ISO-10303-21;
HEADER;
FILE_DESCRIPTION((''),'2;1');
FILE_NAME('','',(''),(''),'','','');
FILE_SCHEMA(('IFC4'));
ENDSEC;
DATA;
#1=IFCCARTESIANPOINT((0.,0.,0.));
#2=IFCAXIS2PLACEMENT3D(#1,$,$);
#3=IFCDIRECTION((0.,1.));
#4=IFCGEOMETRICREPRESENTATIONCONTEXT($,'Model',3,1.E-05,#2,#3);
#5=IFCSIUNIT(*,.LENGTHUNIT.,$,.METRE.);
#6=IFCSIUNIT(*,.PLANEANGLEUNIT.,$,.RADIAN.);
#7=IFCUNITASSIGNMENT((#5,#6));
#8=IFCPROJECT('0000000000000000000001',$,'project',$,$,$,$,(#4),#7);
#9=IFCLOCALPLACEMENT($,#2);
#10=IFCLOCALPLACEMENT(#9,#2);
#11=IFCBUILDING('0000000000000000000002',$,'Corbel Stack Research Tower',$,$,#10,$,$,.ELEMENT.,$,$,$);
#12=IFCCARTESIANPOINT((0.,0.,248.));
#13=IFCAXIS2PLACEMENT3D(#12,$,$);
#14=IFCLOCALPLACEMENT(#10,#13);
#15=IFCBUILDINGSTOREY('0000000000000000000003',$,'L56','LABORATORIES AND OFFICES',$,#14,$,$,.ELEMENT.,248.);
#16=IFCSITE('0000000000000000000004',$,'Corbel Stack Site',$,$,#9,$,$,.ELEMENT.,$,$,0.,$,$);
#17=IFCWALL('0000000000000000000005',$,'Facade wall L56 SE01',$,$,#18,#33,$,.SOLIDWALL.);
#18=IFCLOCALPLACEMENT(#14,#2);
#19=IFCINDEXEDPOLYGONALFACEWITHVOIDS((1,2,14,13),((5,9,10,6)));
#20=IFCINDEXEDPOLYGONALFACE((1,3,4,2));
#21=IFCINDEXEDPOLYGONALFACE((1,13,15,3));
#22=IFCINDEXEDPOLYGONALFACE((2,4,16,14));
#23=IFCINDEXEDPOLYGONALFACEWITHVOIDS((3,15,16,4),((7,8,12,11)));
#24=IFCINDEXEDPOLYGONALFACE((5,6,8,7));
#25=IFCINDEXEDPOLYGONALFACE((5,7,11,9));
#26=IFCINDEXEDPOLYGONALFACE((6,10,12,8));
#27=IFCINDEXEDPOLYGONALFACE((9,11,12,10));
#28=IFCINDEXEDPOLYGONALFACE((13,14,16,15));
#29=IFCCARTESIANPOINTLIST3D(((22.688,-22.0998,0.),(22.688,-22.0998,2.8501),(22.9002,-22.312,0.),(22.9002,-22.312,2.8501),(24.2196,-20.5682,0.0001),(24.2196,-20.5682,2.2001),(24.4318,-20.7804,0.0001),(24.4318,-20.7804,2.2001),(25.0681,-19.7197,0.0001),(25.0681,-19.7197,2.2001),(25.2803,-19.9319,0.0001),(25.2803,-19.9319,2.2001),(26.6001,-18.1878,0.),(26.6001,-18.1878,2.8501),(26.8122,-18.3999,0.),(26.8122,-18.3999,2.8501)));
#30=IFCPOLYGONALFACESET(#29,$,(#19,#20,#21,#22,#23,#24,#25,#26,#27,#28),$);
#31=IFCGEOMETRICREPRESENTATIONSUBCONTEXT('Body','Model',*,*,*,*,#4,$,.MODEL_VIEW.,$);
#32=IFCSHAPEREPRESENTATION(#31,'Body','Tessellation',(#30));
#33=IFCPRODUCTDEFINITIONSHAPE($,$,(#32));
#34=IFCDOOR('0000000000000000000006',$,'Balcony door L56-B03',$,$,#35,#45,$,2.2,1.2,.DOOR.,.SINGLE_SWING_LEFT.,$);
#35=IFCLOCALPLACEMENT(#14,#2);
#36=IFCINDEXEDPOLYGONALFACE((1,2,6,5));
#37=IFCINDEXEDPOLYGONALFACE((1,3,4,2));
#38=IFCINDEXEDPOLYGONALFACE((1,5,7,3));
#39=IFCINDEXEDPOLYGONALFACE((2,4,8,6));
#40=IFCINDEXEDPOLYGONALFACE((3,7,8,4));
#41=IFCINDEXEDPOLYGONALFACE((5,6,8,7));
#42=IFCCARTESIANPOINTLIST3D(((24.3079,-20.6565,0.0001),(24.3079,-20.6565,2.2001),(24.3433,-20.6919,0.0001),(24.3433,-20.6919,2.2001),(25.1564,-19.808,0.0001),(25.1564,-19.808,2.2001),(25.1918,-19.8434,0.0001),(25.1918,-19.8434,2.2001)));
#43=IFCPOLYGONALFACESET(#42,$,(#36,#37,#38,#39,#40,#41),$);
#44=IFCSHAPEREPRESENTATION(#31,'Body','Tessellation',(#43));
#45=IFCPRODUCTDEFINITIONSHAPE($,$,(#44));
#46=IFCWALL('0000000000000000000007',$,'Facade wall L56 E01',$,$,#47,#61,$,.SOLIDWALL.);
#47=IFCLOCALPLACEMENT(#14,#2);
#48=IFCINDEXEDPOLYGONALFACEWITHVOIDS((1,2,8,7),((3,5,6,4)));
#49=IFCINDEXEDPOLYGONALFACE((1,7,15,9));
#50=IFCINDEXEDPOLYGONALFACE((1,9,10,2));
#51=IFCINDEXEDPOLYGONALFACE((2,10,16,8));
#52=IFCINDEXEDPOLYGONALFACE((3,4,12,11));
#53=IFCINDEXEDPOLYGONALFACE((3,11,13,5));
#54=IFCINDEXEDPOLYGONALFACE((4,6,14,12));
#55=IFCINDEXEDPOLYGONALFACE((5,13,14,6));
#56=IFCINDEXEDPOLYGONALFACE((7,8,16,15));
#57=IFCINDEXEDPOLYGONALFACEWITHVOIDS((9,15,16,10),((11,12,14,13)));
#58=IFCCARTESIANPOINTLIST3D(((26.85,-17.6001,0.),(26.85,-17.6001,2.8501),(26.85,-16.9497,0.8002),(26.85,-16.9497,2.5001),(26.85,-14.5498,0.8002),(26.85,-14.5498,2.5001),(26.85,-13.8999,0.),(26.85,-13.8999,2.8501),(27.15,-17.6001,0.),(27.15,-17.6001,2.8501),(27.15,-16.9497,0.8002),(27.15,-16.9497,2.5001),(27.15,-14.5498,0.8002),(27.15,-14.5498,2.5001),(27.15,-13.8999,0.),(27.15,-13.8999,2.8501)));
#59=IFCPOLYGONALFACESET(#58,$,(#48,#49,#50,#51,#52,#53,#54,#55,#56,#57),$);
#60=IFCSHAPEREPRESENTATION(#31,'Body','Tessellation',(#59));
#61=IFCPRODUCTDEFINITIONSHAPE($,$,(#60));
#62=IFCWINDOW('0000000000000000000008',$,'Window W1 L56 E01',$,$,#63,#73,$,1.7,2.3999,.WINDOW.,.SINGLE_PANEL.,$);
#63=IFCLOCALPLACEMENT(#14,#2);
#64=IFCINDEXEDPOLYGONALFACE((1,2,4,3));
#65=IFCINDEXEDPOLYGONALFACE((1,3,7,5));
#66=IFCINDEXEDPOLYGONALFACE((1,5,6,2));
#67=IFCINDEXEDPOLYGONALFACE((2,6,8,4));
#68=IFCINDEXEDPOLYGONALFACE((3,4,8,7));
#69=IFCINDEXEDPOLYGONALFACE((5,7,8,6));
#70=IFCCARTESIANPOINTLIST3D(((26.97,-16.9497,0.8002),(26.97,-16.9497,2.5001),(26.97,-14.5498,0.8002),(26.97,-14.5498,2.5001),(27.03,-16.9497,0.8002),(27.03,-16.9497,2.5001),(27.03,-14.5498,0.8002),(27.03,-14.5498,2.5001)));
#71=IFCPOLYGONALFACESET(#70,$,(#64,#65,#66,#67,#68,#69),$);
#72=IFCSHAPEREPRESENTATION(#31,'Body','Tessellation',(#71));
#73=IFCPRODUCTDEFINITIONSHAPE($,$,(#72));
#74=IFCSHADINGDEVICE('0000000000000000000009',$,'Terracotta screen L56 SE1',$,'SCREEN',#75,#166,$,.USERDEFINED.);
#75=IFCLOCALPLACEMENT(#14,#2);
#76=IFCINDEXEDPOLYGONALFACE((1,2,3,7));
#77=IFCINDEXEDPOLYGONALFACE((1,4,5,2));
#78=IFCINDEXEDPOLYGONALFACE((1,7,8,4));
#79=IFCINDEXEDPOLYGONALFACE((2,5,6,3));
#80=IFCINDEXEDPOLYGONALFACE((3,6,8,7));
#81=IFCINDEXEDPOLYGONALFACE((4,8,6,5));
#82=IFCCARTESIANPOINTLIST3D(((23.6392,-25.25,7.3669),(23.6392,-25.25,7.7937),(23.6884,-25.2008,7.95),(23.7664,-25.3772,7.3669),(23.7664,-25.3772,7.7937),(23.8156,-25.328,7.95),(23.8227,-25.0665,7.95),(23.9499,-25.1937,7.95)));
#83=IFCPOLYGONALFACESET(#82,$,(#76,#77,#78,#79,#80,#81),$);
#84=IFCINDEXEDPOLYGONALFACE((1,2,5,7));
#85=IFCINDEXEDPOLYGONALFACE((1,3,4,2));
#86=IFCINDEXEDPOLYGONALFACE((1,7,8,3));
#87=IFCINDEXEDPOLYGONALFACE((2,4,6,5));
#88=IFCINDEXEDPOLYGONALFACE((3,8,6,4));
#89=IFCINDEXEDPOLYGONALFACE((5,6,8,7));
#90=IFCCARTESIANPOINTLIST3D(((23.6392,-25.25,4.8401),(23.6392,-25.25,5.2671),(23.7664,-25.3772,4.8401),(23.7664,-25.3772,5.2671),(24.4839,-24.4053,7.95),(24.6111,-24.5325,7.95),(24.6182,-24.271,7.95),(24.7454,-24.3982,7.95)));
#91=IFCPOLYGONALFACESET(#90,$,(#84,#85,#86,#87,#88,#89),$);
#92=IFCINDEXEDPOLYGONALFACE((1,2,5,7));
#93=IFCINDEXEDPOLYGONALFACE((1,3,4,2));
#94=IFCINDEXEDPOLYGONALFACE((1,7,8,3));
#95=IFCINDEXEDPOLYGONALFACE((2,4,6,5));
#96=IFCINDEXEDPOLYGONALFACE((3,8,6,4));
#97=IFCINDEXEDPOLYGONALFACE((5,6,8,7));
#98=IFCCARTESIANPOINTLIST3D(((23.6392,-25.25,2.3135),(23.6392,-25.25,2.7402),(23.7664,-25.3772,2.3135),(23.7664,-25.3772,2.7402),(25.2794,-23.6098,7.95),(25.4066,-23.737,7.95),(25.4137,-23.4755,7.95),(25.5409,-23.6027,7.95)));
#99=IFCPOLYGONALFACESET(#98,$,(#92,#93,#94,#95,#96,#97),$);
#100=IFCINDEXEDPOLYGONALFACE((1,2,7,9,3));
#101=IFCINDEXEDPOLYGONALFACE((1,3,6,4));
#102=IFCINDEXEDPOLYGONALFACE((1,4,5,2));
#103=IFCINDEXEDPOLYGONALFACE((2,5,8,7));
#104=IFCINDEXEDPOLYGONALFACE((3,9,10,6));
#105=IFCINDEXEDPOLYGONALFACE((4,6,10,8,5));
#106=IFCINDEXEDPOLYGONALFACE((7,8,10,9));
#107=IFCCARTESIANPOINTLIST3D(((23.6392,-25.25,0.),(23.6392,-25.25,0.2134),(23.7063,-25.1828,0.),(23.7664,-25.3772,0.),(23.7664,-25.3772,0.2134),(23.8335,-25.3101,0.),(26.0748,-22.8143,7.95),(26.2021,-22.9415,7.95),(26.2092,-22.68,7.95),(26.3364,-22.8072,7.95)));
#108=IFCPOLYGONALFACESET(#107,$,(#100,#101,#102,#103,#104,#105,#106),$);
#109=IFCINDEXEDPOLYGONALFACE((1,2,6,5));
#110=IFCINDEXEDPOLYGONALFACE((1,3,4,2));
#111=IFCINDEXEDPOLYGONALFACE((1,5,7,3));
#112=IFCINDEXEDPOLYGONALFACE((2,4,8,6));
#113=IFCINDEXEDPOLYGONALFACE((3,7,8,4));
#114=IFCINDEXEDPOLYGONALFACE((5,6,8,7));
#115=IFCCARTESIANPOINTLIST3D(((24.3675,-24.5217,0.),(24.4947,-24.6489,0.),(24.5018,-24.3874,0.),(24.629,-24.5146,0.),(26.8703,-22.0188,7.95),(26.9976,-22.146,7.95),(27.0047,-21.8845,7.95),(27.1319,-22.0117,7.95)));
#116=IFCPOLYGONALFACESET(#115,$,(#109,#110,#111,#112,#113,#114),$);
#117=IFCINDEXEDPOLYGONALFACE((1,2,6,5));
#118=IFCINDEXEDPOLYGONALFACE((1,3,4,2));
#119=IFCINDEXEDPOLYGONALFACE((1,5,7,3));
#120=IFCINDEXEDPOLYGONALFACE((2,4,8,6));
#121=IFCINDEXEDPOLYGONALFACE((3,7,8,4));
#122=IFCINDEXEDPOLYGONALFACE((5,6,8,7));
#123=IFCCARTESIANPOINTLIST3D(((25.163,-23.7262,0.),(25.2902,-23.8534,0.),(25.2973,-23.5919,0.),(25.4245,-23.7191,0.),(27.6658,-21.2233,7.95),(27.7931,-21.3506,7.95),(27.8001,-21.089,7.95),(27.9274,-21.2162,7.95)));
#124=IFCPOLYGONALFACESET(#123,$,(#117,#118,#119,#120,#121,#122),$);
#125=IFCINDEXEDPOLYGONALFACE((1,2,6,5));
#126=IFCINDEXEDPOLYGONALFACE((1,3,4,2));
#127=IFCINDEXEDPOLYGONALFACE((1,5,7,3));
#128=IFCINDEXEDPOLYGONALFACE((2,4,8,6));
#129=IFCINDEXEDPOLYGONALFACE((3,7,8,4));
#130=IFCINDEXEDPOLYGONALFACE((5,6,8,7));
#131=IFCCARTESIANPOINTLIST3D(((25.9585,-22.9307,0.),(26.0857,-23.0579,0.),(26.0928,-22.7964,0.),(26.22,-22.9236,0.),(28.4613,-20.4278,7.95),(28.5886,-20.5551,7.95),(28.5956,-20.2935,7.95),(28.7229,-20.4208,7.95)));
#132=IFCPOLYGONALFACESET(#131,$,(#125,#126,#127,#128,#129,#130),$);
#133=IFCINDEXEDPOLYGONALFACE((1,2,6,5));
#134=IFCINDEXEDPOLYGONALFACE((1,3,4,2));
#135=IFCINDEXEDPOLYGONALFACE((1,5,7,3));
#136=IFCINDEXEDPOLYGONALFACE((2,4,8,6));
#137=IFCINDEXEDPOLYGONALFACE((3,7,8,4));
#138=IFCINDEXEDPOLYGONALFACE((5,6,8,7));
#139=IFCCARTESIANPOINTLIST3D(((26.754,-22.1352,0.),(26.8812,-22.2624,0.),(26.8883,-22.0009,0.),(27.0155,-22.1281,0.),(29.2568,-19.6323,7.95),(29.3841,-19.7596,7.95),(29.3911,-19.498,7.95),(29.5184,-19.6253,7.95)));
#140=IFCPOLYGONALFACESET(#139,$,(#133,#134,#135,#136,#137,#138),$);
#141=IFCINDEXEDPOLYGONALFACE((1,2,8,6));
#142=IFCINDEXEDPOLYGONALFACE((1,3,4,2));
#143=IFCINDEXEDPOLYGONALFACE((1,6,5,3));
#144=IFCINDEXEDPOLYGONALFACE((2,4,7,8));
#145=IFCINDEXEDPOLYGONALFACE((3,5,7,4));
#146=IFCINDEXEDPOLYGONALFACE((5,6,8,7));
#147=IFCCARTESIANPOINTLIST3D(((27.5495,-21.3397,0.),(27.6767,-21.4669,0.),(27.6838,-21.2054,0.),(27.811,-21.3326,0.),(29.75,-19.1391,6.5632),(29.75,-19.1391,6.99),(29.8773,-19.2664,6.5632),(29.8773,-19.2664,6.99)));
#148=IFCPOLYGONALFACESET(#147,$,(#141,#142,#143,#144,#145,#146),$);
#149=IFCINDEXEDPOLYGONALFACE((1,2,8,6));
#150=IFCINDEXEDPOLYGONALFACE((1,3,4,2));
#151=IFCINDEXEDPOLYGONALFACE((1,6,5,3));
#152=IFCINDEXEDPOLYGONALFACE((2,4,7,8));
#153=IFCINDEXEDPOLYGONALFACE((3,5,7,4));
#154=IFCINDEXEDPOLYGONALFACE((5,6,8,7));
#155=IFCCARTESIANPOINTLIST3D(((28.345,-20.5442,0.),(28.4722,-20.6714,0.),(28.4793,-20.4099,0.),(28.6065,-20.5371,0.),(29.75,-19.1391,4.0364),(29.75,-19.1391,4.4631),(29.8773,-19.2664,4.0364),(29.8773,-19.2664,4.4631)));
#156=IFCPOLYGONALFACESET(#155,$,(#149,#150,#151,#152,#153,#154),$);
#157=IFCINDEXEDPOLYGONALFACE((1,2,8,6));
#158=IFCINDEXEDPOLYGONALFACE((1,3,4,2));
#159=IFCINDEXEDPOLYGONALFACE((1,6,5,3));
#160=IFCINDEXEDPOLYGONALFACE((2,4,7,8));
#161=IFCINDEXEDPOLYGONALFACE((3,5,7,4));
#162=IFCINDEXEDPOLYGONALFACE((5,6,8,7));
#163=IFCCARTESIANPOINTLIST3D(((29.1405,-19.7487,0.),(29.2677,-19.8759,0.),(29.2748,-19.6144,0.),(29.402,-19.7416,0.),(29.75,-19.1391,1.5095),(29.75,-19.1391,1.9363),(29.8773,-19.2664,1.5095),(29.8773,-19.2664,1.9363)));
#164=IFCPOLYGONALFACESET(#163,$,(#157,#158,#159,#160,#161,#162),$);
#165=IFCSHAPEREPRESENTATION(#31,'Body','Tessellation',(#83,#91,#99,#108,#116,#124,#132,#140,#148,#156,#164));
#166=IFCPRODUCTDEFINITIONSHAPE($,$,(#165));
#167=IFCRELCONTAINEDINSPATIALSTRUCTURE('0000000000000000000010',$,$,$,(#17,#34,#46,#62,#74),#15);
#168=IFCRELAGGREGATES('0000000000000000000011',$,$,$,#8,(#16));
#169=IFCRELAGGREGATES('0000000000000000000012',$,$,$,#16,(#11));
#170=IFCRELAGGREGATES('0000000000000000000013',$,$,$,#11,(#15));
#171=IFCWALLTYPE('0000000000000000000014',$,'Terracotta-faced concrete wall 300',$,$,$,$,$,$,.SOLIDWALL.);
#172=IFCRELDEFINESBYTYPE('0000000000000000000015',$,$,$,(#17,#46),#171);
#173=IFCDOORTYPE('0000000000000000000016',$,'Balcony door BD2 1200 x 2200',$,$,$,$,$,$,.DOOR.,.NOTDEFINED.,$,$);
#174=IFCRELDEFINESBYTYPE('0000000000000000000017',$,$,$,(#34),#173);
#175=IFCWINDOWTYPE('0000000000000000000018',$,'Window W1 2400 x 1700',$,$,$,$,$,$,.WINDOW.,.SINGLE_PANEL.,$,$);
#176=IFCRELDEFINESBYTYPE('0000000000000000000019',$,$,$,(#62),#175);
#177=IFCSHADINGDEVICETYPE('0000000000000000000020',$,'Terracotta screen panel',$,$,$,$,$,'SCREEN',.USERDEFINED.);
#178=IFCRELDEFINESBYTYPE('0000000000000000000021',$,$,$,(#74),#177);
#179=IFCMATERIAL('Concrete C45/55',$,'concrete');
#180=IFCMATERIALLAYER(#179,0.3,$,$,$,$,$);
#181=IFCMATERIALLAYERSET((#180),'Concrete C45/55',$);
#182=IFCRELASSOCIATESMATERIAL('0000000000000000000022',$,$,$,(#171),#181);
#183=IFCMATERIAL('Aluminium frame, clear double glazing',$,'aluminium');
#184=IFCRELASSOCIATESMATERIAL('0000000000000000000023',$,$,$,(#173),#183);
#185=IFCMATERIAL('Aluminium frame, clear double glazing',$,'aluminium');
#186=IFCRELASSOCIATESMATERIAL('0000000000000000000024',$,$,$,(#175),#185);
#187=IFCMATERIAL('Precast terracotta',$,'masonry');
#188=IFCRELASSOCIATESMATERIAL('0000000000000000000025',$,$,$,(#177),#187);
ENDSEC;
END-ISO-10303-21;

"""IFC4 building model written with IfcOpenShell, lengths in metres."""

from ifc_helpers import new_model, si_unit, direction, frame, frame_2d, origin, place, context, subcontext, project, spatial, polyline, rectangle, outline, extrude, source, transform, mapped, material, layer, layer_set, type_object, element, fill, save


model = new_model("IFC4")

# Units and contexts
model_context = context("Model", 3, precision=1e-05, world=origin(), true_north=direction((0.0, 1.0)))
body_context = subcontext(model_context, "Body", "Model", "MODEL_VIEW")
ifc_project = project(units=[si_unit("LENGTHUNIT", "METRE"), si_unit("PLANEANGLEUNIT", "RADIAN")], contexts=[model_context])

# Site, building, storey
site_placement = place(None, origin())
site = spatial("IfcSite", under=ifc_project, at=site_placement, Name="Corbel Stack Site", CompositionType="ELEMENT", RefElevation=0.0)
building_placement = place(site_placement, origin())
building = spatial("IfcBuilding", under=site, at=building_placement, Name="Corbel Stack Research Tower", CompositionType="ELEMENT")
storey_placement = place(building_placement, frame((0.0, 0.0, 248.0)))
storey = spatial("IfcBuildingStorey", under=building, at=storey_placement, Name="L56", Description="LABORATORIES AND OFFICES", CompositionType="ELEMENT", Elevation=248.0)

# Shared definitions
ifc_material_1 = material(Name="Concrete C45/55", Category="concrete")
ifc_layer_1 = layer(ifc_material_1, 0.3)
ifc_layer_set_1 = layer_set([ifc_layer_1], Name="Concrete C45/55")
wall_type_1 = type_object("IfcWallType", Name="Terracotta-faced concrete wall 300", PredefinedType="SOLIDWALL", material=ifc_layer_set_1)

# Wall, opening, door
wall_1_placement = place(storey_placement, frame((26.7061, -18.2939, 0.0), z_axis=(0.0, 0.0, 1.0), x_axis=(-0.707107, -0.707107, 0.0)))
wall_1 = element("IfcWall", 1, at=wall_1_placement, inside=storey, type_object=wall_type_1, Name="Facade wall L56 SE01", PredefinedType="SOLIDWALL", context=body_context, shape_type="SweptSolid", body=[
    extrude(rectangle(XDim=5.5325, YDim=0.3, at=frame_2d((2.7661, 0.0))), origin(), (0.0, 0.0, 1.0), 2.8501),
])
opening_1_placement = place(wall_1_placement, frame((2.1663, 0.0, 0.0)))
opening_1 = element("IfcOpeningElement", 2, at=opening_1_placement, cuts=wall_1, PredefinedType="OPENING", context=body_context, shape_type="SweptSolid", body=[
    extrude(rectangle(XDim=1.2, YDim=2.2, at=frame_2d((0.6001, 1.1001))), frame((0.0, 0.1599, 0.0), z_axis=(0.0, -1.0, 0.0), x_axis=(1.0, 0.0, 0.0)), (0.0, 0.0, 1.0), 0.3201),
])
ifc_material_2 = material(Name="Aluminium frame, clear double glazing", Category="aluminium")
door_type_1 = type_object("IfcDoorType", Name="Balcony door BD2 1200 x 2200", OperationType="NOTDEFINED", PredefinedType="DOOR", material=ifc_material_2)
door_1_placement = place(opening_1_placement, origin())
door_1 = element("IfcDoor", 3, at=door_1_placement, inside=storey, type_object=door_type_1, Name="Balcony door L56-B03", OperationType="SINGLE_SWING_LEFT", OverallHeight=2.2, OverallWidth=1.2, PredefinedType="DOOR", context=body_context, shape_type="SweptSolid", body=[
    extrude(rectangle(XDim=1.2, YDim=2.2, at=frame_2d((0.6001, 1.1001))), frame((0.0, 0.0249, 0.0), z_axis=(0.0, -1.0, 0.0), x_axis=(1.0, 0.0, 0.0)), (0.0, 0.0, 1.0), 0.05),
])
fill(opening_1, door_1)

# Wall, opening, window
wall_2_placement = place(storey_placement, frame((27.0, -13.8999, 0.0), z_axis=(0.0, 0.0, 1.0), x_axis=(0.0, -1.0, 0.0)))
wall_2 = element("IfcWall", 4, at=wall_2_placement, inside=storey, type_object=wall_type_1, Name="Facade wall L56 E01", PredefinedType="SOLIDWALL", context=body_context, shape_type="SweptSolid", body=[
    extrude(rectangle(XDim=3.7002, YDim=0.3, at=frame_2d((1.8501, 0.0))), origin(), (0.0, 0.0, 1.0), 2.8501),
])
opening_2_placement = place(wall_2_placement, frame((0.6499, 0.0, 0.8)))
opening_2 = element("IfcOpeningElement", 5, at=opening_2_placement, cuts=wall_2, PredefinedType="OPENING", context=body_context, shape_type="SweptSolid", body=[
    extrude(rectangle(XDim=2.3999, YDim=1.7, at=frame_2d((1.2, 0.8501))), frame((0.0, 0.1599, 0.0), z_axis=(0.0, -1.0, 0.0), x_axis=(1.0, 0.0, 0.0)), (0.0, 0.0, 1.0), 0.3201),
])
ifc_material_3 = material(Name="Aluminium frame, clear double glazing", Category="aluminium")
window_type_1 = type_object("IfcWindowType", Name="Window W1 2400 x 1700", PartitioningType="SINGLE_PANEL", PredefinedType="WINDOW", material=ifc_material_3)
window_1_placement = place(opening_2_placement, origin())
window_1 = element("IfcWindow", 6, at=window_1_placement, inside=storey, type_object=window_type_1, Name="Window W1 L56 E01", OverallHeight=1.7, OverallWidth=2.3999, PartitioningType="SINGLE_PANEL", PredefinedType="WINDOW", context=body_context, shape_type="SweptSolid", body=[
    extrude(rectangle(XDim=2.3999, YDim=1.7, at=frame_2d((1.2, 0.8501))), frame((0.0, 0.03, 0.0), z_axis=(0.0, -1.0, 0.0), x_axis=(1.0, 0.0, 0.0)), (0.0, 0.0, 1.0), 0.0601),
])
fill(opening_2, window_1)

# Shading device
ifc_material_4 = material(Name="Precast terracotta", Category="masonry")
shading_device_type = type_object("IfcShadingDeviceType", Name="Terracotta screen panel", ElementType="SCREEN", PredefinedType="USERDEFINED", material=ifc_material_4)
shared_shape_1 = source(origin(), body_context, "Body", "SweptSolid", [
    extrude(outline(polyline([(0.2595, 7.95), (0.0696, 7.95), (0.0, 7.7937), (0.0, 7.3669), (0.2595, 7.95)])), frame((0.0, 0.0, 0.0), z_axis=(0.0, -1.0, 0.0), x_axis=(1.0, 0.0, 0.0)), (0.0, 0.0, 1.0), 0.1799),
    extrude(outline(polyline([(1.3845, 7.95), (1.1946, 7.95), (0.0, 5.2671), (0.0, 4.8401), (1.3845, 7.95)])), frame((0.0, 0.0, 0.0), z_axis=(0.0, -1.0, 0.0), x_axis=(1.0, 0.0, 0.0)), (0.0, 0.0, 1.0), 0.1799),
    extrude(outline(polyline([(2.5095, 7.95), (2.3196, 7.95), (0.0, 2.7402), (0.0, 2.3135), (2.5095, 7.95)])), frame((0.0, 0.0, 0.0), z_axis=(0.0, -1.0, 0.0), x_axis=(1.0, 0.0, 0.0)), (0.0, 0.0, 1.0), 0.1799),
    extrude(outline(polyline([(0.095, 0.0), (3.6345, 7.95), (3.4446, 7.95), (0.0, 0.2134), (0.0, 0.0), (0.095, 0.0)])), frame((0.0, 0.0, 0.0), z_axis=(0.0, -1.0, 0.0), x_axis=(1.0, 0.0, 0.0)), (0.0, 0.0, 1.0), 0.1799),
    extrude(outline(polyline([(1.22, 0.0), (4.7595, 7.95), (4.5696, 7.95), (1.03, 0.0), (1.22, 0.0)])), frame((0.0, 0.0, 0.0), z_axis=(0.0, -1.0, 0.0), x_axis=(1.0, 0.0, 0.0)), (0.0, 0.0, 1.0), 0.1799),
    extrude(outline(polyline([(2.345, 0.0), (5.8845, 7.95), (5.6946, 7.95), (2.155, 0.0), (2.345, 0.0)])), frame((0.0, 0.0, 0.0), z_axis=(0.0, -1.0, 0.0), x_axis=(1.0, 0.0, 0.0)), (0.0, 0.0, 1.0), 0.1799),
    extrude(outline(polyline([(3.47, 0.0), (7.0095, 7.95), (6.8196, 7.95), (3.28, 0.0), (3.47, 0.0)])), frame((0.0, 0.0, 0.0), z_axis=(0.0, -1.0, 0.0), x_axis=(1.0, 0.0, 0.0)), (0.0, 0.0, 1.0), 0.1799),
    extrude(outline(polyline([(4.595, 0.0), (8.1345, 7.95), (7.9446, 7.95), (4.405, 0.0), (4.595, 0.0)])), frame((0.0, 0.0, 0.0), z_axis=(0.0, -1.0, 0.0), x_axis=(1.0, 0.0, 0.0)), (0.0, 0.0, 1.0), 0.1799),
    extrude(outline(polyline([(5.72, 0.0), (8.6421, 6.5632), (8.6421, 6.99), (5.53, 0.0), (5.72, 0.0)])), frame((0.0, 0.0, 0.0), z_axis=(0.0, -1.0, 0.0), x_axis=(1.0, 0.0, 0.0)), (0.0, 0.0, 1.0), 0.1799),
    extrude(outline(polyline([(6.845, 0.0), (8.6421, 4.0364), (8.6421, 4.4631), (6.655, 0.0), (6.845, 0.0)])), frame((0.0, 0.0, 0.0), z_axis=(0.0, -1.0, 0.0), x_axis=(1.0, 0.0, 0.0)), (0.0, 0.0, 1.0), 0.1799),
    extrude(outline(polyline([(7.97, 0.0), (8.6421, 1.5095), (8.6421, 1.9363), (7.78, 0.0), (7.97, 0.0)])), frame((0.0, 0.0, 0.0), z_axis=(0.0, -1.0, 0.0), x_axis=(1.0, 0.0, 0.0)), (0.0, 0.0, 1.0), 0.1799),
])
shading_device_1_placement = place(storey_placement, frame((23.6392, -25.25, 0.0), z_axis=(0.0, 0.0, 1.0), x_axis=(0.707107, 0.707107, 0.0)))
element("IfcShadingDevice", 7, at=shading_device_1_placement, inside=storey, type_object=shading_device_type, Name="Terracotta screen L56 SE1", ObjectType="SCREEN", PredefinedType="USERDEFINED", context=body_context, shape_type="MappedRepresentation", body=[
    mapped(shared_shape_1, transform((0.0, 0.0, 0.0))),
])

save(model, "model.ifc")
